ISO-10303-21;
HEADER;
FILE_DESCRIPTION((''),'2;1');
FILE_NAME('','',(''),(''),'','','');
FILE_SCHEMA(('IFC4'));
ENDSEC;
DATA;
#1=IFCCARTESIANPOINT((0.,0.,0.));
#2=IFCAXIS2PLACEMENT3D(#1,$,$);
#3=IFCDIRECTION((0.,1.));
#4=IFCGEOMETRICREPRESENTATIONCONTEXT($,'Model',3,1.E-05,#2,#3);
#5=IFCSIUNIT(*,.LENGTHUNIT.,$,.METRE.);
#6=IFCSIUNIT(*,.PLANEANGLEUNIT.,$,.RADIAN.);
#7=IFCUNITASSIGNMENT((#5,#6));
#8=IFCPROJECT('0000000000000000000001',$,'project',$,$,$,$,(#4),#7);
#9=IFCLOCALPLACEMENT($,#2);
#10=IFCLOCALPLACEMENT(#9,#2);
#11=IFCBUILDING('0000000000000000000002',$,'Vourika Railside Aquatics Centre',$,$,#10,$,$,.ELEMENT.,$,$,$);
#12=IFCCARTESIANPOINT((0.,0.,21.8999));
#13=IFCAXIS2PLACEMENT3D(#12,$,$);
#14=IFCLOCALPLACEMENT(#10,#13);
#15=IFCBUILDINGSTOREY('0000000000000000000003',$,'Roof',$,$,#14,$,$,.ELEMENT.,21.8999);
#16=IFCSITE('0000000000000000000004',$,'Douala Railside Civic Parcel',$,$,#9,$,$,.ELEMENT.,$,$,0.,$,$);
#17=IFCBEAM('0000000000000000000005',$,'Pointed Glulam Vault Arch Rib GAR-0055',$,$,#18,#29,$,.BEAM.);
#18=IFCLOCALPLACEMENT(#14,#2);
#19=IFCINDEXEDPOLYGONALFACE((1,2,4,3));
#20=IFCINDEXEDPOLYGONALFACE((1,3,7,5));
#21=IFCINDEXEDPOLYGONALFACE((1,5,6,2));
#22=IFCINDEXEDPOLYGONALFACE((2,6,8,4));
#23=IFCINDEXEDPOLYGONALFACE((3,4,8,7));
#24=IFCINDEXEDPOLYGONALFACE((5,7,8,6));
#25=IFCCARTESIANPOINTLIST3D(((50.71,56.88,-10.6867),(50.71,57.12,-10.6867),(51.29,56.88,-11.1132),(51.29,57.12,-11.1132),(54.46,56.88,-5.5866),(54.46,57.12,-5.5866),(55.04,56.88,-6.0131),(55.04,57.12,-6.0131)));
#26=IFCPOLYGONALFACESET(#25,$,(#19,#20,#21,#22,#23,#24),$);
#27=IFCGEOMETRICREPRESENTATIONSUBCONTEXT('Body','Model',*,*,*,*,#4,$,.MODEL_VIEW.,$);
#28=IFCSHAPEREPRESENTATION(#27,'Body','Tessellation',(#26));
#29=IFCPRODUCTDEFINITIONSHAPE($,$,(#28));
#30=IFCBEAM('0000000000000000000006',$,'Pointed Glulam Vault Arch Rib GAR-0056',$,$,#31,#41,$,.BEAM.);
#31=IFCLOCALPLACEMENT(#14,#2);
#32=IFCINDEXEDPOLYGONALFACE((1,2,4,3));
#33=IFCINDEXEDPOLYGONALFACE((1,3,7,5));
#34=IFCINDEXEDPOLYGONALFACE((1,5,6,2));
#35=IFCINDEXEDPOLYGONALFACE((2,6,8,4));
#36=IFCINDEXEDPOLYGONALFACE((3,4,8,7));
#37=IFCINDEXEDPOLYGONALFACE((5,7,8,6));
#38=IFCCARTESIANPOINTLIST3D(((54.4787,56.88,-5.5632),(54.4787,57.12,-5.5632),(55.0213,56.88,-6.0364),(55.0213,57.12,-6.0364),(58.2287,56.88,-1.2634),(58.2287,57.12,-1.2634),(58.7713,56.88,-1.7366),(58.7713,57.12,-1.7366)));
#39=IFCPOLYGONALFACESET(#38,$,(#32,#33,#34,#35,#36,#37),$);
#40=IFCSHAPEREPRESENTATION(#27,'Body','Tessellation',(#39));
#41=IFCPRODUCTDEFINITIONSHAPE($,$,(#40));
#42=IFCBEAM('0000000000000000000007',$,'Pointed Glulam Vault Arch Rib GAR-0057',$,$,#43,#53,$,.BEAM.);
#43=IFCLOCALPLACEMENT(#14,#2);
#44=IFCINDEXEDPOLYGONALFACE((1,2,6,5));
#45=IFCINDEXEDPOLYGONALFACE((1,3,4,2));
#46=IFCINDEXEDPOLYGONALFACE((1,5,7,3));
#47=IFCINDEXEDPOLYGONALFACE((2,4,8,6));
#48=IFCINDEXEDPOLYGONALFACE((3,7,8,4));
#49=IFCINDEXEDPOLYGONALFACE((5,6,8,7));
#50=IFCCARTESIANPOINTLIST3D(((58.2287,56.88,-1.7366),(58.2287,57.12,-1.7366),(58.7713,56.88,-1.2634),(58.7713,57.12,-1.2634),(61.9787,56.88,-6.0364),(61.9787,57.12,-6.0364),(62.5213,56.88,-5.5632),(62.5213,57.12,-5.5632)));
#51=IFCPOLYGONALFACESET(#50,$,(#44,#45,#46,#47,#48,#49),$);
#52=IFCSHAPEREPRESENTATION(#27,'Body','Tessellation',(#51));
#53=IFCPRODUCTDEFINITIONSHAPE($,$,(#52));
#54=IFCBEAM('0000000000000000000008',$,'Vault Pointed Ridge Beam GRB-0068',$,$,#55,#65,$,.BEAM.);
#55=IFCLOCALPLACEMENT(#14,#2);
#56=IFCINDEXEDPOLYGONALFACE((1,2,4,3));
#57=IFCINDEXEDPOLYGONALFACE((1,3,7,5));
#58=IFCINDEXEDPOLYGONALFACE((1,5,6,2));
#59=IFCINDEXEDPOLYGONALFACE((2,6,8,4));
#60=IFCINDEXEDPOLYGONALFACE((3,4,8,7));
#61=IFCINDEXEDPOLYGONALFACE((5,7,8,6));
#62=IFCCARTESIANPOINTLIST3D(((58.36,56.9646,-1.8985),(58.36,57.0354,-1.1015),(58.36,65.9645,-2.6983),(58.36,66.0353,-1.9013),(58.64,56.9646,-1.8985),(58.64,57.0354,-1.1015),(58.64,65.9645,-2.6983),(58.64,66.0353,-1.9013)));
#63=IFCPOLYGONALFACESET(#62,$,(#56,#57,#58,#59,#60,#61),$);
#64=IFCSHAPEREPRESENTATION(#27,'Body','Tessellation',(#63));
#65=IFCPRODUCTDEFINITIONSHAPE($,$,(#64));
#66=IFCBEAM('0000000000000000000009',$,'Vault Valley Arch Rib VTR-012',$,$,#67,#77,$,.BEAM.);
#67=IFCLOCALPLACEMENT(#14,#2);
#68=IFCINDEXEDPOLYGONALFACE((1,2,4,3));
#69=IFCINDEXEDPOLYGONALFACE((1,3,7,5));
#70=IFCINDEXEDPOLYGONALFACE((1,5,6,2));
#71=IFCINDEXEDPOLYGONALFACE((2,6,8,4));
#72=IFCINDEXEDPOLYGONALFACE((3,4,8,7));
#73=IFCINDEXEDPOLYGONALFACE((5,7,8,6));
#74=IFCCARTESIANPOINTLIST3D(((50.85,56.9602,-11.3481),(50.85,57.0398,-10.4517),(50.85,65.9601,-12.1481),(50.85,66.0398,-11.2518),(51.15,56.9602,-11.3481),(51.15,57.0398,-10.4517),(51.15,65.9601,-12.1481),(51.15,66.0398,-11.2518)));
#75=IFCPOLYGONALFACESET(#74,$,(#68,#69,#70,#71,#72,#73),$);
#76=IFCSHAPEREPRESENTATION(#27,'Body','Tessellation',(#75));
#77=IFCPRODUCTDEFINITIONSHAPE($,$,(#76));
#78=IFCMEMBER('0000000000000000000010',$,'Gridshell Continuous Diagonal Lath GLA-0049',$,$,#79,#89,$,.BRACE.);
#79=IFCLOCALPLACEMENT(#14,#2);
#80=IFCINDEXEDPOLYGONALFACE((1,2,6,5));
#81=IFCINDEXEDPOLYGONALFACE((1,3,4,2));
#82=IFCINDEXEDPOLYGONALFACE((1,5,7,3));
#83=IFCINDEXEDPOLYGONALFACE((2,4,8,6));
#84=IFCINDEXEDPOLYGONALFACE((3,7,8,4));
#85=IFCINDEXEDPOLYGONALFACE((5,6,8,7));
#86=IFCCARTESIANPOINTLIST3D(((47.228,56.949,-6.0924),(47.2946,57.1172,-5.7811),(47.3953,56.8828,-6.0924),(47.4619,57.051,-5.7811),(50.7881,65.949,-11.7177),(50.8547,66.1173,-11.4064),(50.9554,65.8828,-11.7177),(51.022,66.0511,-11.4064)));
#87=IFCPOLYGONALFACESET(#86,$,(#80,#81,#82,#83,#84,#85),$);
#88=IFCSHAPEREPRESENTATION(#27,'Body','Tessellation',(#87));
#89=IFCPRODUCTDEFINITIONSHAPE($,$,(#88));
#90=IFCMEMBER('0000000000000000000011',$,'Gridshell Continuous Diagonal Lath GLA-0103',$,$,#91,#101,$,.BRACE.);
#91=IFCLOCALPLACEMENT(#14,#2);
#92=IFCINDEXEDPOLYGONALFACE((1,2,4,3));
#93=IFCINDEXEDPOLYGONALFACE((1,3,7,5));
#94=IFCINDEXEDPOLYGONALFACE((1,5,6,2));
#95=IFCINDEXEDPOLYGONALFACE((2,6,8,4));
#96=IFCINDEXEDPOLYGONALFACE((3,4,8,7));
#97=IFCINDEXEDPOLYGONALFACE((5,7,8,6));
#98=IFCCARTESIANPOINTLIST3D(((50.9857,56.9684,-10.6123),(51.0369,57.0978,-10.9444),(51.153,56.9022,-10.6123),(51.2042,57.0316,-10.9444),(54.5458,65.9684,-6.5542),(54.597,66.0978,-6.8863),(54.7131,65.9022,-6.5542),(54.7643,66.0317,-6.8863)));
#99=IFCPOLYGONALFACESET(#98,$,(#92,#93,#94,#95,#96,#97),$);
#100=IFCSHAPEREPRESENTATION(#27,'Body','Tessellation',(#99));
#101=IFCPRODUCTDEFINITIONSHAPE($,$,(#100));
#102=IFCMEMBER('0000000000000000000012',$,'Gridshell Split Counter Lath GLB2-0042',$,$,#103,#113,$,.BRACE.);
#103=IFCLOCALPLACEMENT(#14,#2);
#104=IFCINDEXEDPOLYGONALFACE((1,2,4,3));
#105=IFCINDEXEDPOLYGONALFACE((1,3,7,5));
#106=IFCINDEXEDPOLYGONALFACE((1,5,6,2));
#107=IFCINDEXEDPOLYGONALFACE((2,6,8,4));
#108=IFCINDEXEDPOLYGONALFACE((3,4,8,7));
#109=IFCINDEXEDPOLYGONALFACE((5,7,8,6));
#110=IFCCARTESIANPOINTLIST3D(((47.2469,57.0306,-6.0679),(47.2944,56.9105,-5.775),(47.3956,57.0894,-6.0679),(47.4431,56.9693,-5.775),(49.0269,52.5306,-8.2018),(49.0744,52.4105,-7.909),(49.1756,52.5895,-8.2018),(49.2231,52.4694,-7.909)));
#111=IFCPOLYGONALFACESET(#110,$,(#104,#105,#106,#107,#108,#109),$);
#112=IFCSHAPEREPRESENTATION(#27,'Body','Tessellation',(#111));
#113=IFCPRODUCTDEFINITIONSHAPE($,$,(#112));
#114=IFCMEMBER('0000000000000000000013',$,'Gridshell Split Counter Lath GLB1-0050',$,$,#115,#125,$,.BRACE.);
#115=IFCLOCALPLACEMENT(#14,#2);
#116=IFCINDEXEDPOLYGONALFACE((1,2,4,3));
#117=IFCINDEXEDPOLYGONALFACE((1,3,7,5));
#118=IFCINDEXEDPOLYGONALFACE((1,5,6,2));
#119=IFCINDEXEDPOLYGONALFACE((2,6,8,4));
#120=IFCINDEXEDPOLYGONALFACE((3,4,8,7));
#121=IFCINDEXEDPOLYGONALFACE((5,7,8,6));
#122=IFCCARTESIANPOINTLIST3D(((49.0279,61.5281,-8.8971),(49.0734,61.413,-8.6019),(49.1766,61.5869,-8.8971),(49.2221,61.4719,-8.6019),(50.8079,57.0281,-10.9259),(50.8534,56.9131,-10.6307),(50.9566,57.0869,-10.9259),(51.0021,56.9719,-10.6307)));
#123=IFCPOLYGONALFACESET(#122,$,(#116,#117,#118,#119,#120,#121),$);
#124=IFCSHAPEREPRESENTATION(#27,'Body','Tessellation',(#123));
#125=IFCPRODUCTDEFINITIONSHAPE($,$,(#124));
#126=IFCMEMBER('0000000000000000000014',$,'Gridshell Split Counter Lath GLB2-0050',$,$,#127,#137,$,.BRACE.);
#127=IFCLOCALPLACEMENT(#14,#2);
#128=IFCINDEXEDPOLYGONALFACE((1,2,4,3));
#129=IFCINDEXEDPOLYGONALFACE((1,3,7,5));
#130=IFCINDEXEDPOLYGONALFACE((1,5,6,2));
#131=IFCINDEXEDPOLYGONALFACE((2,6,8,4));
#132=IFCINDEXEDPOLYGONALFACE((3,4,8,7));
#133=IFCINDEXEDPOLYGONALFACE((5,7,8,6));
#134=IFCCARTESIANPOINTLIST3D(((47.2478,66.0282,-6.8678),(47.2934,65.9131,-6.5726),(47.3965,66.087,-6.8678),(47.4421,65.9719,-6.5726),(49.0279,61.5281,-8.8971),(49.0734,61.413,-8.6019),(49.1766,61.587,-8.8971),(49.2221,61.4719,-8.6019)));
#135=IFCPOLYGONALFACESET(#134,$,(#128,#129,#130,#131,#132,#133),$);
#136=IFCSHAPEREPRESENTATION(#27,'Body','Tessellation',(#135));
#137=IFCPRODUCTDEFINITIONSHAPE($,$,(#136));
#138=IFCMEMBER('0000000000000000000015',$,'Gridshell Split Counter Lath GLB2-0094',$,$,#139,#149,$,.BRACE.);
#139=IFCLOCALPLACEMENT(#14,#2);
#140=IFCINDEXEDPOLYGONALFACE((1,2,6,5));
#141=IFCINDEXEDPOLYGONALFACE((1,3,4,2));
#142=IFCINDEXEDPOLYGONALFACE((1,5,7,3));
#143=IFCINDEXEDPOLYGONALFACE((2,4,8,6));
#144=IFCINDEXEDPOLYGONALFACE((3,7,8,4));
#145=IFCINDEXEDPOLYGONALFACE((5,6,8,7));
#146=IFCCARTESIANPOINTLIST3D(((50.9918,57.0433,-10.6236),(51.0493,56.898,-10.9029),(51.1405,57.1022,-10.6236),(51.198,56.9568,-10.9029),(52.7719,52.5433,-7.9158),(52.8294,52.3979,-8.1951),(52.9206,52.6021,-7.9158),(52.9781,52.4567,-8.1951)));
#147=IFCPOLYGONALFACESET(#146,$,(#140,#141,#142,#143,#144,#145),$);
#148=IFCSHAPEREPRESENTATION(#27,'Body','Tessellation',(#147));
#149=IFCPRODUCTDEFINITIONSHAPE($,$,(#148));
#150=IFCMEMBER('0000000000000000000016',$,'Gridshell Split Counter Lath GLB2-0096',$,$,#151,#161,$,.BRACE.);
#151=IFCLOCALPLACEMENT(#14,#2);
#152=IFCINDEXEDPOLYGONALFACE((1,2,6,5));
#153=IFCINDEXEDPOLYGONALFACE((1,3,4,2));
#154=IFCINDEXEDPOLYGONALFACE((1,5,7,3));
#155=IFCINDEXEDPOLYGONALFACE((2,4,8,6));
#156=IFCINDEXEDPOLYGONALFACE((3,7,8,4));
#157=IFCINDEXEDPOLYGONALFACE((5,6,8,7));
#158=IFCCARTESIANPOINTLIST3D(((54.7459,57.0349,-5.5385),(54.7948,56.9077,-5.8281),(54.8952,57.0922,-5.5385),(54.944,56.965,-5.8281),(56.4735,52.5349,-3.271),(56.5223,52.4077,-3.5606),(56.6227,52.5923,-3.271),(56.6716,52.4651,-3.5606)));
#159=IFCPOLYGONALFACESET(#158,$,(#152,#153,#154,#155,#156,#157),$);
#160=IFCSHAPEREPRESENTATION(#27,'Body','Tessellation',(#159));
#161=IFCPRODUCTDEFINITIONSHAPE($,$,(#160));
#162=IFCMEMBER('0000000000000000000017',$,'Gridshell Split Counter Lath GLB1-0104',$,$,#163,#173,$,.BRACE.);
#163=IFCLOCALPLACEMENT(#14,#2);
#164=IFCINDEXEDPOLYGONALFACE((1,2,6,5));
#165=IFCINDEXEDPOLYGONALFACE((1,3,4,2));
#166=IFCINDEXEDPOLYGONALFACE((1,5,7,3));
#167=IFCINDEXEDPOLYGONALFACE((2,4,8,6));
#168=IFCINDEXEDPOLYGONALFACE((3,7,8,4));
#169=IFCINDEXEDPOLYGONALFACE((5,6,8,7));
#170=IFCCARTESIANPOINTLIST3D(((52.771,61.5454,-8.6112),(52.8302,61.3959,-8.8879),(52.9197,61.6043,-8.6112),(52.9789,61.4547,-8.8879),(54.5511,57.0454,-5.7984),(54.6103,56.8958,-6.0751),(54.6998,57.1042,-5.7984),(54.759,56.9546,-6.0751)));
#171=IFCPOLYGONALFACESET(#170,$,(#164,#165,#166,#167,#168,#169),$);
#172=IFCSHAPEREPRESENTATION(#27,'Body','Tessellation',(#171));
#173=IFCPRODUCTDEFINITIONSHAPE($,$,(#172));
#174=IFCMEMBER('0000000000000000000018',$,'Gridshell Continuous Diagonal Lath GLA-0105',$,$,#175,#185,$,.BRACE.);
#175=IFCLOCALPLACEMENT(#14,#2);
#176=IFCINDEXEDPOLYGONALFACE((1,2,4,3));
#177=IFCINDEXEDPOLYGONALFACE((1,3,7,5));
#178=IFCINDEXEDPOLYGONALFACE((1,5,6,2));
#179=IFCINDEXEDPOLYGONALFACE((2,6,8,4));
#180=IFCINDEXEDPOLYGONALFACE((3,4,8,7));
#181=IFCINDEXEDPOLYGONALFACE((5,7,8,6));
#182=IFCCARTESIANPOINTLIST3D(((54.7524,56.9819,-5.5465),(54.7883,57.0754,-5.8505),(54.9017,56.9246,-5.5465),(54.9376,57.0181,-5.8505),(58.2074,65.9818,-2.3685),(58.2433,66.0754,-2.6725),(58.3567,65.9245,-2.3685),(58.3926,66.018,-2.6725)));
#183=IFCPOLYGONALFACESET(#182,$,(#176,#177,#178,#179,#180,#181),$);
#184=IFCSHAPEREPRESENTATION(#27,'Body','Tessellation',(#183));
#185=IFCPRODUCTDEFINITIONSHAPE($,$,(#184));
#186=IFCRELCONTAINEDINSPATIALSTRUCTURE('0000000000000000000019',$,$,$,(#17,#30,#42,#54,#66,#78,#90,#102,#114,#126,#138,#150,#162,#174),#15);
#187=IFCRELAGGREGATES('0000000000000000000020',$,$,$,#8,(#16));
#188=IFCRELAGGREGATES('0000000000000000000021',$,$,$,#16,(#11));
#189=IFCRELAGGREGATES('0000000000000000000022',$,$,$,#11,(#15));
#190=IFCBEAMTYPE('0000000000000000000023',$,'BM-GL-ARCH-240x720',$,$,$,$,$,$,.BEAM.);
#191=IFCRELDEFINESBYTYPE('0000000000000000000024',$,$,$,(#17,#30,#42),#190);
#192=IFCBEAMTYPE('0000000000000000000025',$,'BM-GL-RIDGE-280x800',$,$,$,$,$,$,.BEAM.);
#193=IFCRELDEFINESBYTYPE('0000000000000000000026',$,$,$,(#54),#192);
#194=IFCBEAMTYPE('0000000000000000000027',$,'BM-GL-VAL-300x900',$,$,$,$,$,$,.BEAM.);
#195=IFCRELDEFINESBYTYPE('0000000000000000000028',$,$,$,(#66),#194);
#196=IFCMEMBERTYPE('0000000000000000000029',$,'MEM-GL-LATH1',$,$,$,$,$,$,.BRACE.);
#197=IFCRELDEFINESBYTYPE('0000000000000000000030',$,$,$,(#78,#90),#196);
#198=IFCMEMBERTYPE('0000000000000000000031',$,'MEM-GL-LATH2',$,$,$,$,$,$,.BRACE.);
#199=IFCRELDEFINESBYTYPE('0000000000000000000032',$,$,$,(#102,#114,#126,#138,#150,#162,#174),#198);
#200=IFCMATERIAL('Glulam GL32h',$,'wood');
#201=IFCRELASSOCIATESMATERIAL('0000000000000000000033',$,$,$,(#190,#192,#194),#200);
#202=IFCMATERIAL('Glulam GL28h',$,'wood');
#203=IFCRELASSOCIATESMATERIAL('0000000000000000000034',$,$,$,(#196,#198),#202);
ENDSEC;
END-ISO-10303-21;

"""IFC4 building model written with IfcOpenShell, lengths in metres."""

from ifc_helpers import new_model, si_unit, direction, frame, origin, origin_2d, place, context, subcontext, project, spatial, rectangle, extrude, material, material_profile, profile_set, type_object, element, save


model = new_model("IFC4")

# Units and contexts
model_context = context("Model", 3, precision=1e-05, world=origin(), true_north=direction((0.0, 1.0)))
body_context = subcontext(model_context, "Body", "Model", "MODEL_VIEW")
ifc_project = project(units=[si_unit("LENGTHUNIT", "METRE"), si_unit("PLANEANGLEUNIT", "RADIAN")], contexts=[model_context])

# Site, building, storey
site_placement = place(None, origin())
site = spatial("IfcSite", under=ifc_project, at=site_placement, Name="Douala Railside Civic Parcel", CompositionType="ELEMENT", RefElevation=0.0)
building_placement = place(site_placement, origin())
building = spatial("IfcBuilding", under=site, at=building_placement, Name="Vourika Railside Aquatics Centre", CompositionType="ELEMENT")
storey_placement = place(building_placement, frame((0.0, 0.0, 21.8999)))
storey = spatial("IfcBuildingStorey", under=building, at=storey_placement, Name="Roof", CompositionType="ELEMENT", Elevation=21.8999)

# Beams
ifc_material_1 = material(Name="Glulam GL32h", Category="wood")
ifc_material_profile_1 = material_profile(ifc_material_1, rectangle(XDim=0.24, YDim=0.72, at=origin_2d()), Name="GL32h 240x720")
ifc_profile_set_1 = profile_set([ifc_material_profile_1], Name="Glulam GL32h")
beam_type_1 = type_object("IfcBeamType", Name="BM-GL-ARCH-240x720", PredefinedType="BEAM", material=ifc_profile_set_1)
beam_1_placement = place(storey_placement, frame((51.0, 57.0, -10.8999), z_axis=(0.592383, 0.0, 0.805656), x_axis=(0.0, 1.0, 0.0)))
element("IfcBeam", 1, at=beam_1_placement, inside=storey, type_object=beam_type_1, Name="Pointed Glulam Vault Arch Rib GAR-0055", PredefinedType="BEAM", context=body_context, shape_type="SweptSolid", body=[
    extrude(rectangle(XDim=0.24, YDim=0.72, at=origin_2d()), origin(), (0.0, 0.0, 1.0), 6.3303),
])
for number, where, z_axis, x_axis, name in (
    (2, (54.75, 57.0, -5.7998), (0.65728, 0.0, 0.753647), (0.0, 1.0, 0.0), "Pointed Glulam Vault Arch Rib GAR-0056"),
    (3, (58.5, 57.0, -1.5), (0.65728, 0.0, -0.753647), (0.0, 1.0, 0.0), "Pointed Glulam Vault Arch Rib GAR-0057"),
):
    element("IfcBeam", number, at=place(storey_placement, frame(where, z_axis=z_axis, x_axis=x_axis)), inside=storey, type_object=beam_type_1, Name=name, PredefinedType="BEAM", context=body_context, shape_type="SweptSolid", body=[
        extrude(rectangle(XDim=0.24, YDim=0.72, at=origin_2d()), origin(), (0.0, 0.0, 1.0), 5.7053),
    ])
ifc_material_profile_2 = material_profile(ifc_material_1, rectangle(XDim=0.28, YDim=0.8, at=origin_2d()), Name="GL32h 280x800")
ifc_profile_set_2 = profile_set([ifc_material_profile_2], Name="Glulam GL32h")
beam_type_2 = type_object("IfcBeamType", Name="BM-GL-RIDGE-280x800", PredefinedType="BEAM", material=ifc_profile_set_2)
beam_2_placement = place(storey_placement, frame((58.5, 57.0, -1.5), z_axis=(0.0, 0.996075, -0.088518), x_axis=(-1.0, 0.0, 0.0)))
element("IfcBeam", 4, at=beam_2_placement, inside=storey, type_object=beam_type_2, Name="Vault Pointed Ridge Beam GRB-0068", PredefinedType="BEAM", context=body_context, shape_type="SweptSolid", body=[
    extrude(rectangle(XDim=0.28, YDim=0.8, at=origin_2d()), origin(), (0.0, 0.0, 1.0), 9.0354),
])
ifc_material_profile_3 = material_profile(ifc_material_1, rectangle(XDim=0.3, YDim=0.8999, at=origin_2d()), Name="GL32h 300x900")
ifc_profile_set_3 = profile_set([ifc_material_profile_3], Name="Glulam GL32h")
beam_type_3 = type_object("IfcBeamType", Name="BM-GL-VAL-300x900", PredefinedType="BEAM", material=ifc_profile_set_3)
beam_3_placement = place(storey_placement, frame((51.0, 57.0, -10.8999), z_axis=(0.0, 0.996072, -0.088545), x_axis=(-1.0, 0.0, 0.0)))
element("IfcBeam", 5, at=beam_3_placement, inside=storey, type_object=beam_type_3, Name="Vault Valley Arch Rib VTR-012", PredefinedType="BEAM", context=body_context, shape_type="SweptSolid", body=[
    extrude(rectangle(XDim=0.3, YDim=0.8999, at=origin_2d()), origin(), (0.0, 0.0, 1.0), 9.0354),
])

# Members
ifc_material_2 = material(Name="Glulam GL28h", Category="wood")
ifc_material_profile_4 = material_profile(ifc_material_2, rectangle(XDim=0.1799, YDim=0.3601, at=origin_2d()), Name="GL28h 180x360")
ifc_profile_set_4 = profile_set([ifc_material_profile_4], Name="Glulam GL28h")
member_type_1 = type_object("IfcMemberType", Name="MEM-GL-LATH1", PredefinedType="BRACE", material=ifc_profile_set_4)
member_1_placement = place(storey_placement, frame((47.345, 57.0, -5.9368), z_axis=(0.318018, 0.803964, -0.5025), x_axis=(-0.929893, 0.36783, 0.0)))
element("IfcMember", 6, at=member_1_placement, inside=storey, type_object=member_type_1, Name="Gridshell Continuous Diagonal Lath GLA-0049", PredefinedType="BRACE", context=body_context, shape_type="SweptSolid", body=[
    extrude(rectangle(XDim=0.1799, YDim=0.3601, at=origin_2d()), origin(), (0.0, 0.0, 1.0), 11.1946),
])
member_2_placement = place(storey_placement, frame((51.095, 57.0, -10.7783), z_axis=(0.339219, 0.857562, 0.386675), x_axis=(-0.929893, 0.36783, 0.0)))
element("IfcMember", 7, at=member_2_placement, inside=storey, type_object=member_type_1, Name="Gridshell Continuous Diagonal Lath GLA-0103", PredefinedType="BRACE", context=body_context, shape_type="SweptSolid", body=[
    extrude(rectangle(XDim=0.1799, YDim=0.3601, at=origin_2d()), origin(), (0.0, 0.0, 1.0), 10.4949),
])
ifc_material_profile_5 = material_profile(ifc_material_2, rectangle(XDim=0.1599, YDim=0.3201, at=origin_2d()), Name="GL28h 160x320")
ifc_profile_set_5 = profile_set([ifc_material_profile_5], Name="Glulam GL28h")
member_type_2 = type_object("IfcMemberType", Name="MEM-GL-LATH2", PredefinedType="BRACE", material=ifc_profile_set_5)
member_3_placement = place(storey_placement, frame((49.125, 52.5, -8.0554), z_axis=(-0.336559, 0.850836, 0.403492), x_axis=(-0.929893, -0.36783, 0.0)))
element("IfcMember", 8, at=member_3_placement, inside=storey, type_object=member_type_2, Name="Gridshell Split Counter Lath GLB2-0042", PredefinedType="BRACE", context=body_context, shape_type="SweptSolid", body=[
    extrude(rectangle(XDim=0.1599, YDim=0.3201, at=origin_2d()), origin(), (0.0, 0.0, 1.0), 5.2888),
])
member_4_placement = place(storey_placement, frame((50.905, 57.0, -10.7783), z_axis=(-0.339225, 0.857577, 0.386636), x_axis=(-0.929893, -0.36783, 0.0)))
element("IfcMember", 9, at=member_4_placement, inside=storey, type_object=member_type_2, Name="Gridshell Split Counter Lath GLB1-0050", PredefinedType="BRACE", context=body_context, shape_type="SweptSolid", body=[
    extrude(rectangle(XDim=0.1599, YDim=0.3201, at=origin_2d()), origin(), (0.0, 0.0, 1.0), 5.2473),
])
member_5_placement = place(storey_placement, frame((49.125, 61.5, -8.7495), z_axis=(-0.339213, 0.857547, 0.386715), x_axis=(-0.929893, -0.36783, 0.0)))
element("IfcMember", 10, at=member_5_placement, inside=storey, type_object=member_type_2, Name="Gridshell Split Counter Lath GLB2-0050", PredefinedType="BRACE", context=body_context, shape_type="SweptSolid", body=[
    extrude(rectangle(XDim=0.1599, YDim=0.3201, at=origin_2d()), origin(), (0.0, 0.0, 1.0), 5.2476),
])
member_6_placement = place(storey_placement, frame((52.875, 52.5, -8.0554), z_axis=(-0.320997, 0.811496, -0.488298), x_axis=(-0.929893, -0.36783, 0.0)))
element("IfcMember", 11, at=member_6_placement, inside=storey, type_object=member_type_2, Name="Gridshell Split Counter Lath GLB2-0094", PredefinedType="BRACE", context=body_context, shape_type="SweptSolid", body=[
    extrude(rectangle(XDim=0.1599, YDim=0.3201, at=origin_2d()), origin(), (0.0, 0.0, 1.0), 5.5454),
])
member_7_placement = place(storey_placement, frame((56.5725, 52.5, -3.4158), z_axis=(-0.324302, 0.844762, -0.425681), x_axis=(-0.93357, -0.358395, 0.0)))
element("IfcMember", 12, at=member_7_placement, inside=storey, type_object=member_type_2, Name="Gridshell Split Counter Lath GLB2-0096", PredefinedType="BRACE", context=body_context, shape_type="SweptSolid", body=[
    extrude(rectangle(XDim=0.1599, YDim=0.3201, at=origin_2d()), origin(), (0.0, 0.0, 1.0), 5.3269),
])
member_8_placement = place(storey_placement, frame((54.655, 57.0, -5.9368), z_axis=(-0.318014, 0.803956, -0.502516), x_axis=(-0.929893, -0.36783, 0.0)))
element("IfcMember", 13, at=member_8_placement, inside=storey, type_object=member_type_2, Name="Gridshell Split Counter Lath GLB1-0104", PredefinedType="BRACE", context=body_context, shape_type="SweptSolid", body=[
    extrude(rectangle(XDim=0.1599, YDim=0.3201, at=origin_2d()), origin(), (0.0, 0.0, 1.0), 5.5974),
])
member_9_placement = place(storey_placement, frame((54.845, 57.0, -5.6985), z_axis=(0.340378, 0.886637, 0.313079), x_axis=(-0.93357, 0.358395, 0.0)))
element("IfcMember", 14, at=member_9_placement, inside=storey, type_object=member_type_2, Name="Gridshell Continuous Diagonal Lath GLA-0105", PredefinedType="BRACE", context=body_context, shape_type="SweptSolid", body=[
    extrude(rectangle(XDim=0.1599, YDim=0.3201, at=origin_2d()), origin(), (0.0, 0.0, 1.0), 10.1506),
])

save(model, "model.ifc")
